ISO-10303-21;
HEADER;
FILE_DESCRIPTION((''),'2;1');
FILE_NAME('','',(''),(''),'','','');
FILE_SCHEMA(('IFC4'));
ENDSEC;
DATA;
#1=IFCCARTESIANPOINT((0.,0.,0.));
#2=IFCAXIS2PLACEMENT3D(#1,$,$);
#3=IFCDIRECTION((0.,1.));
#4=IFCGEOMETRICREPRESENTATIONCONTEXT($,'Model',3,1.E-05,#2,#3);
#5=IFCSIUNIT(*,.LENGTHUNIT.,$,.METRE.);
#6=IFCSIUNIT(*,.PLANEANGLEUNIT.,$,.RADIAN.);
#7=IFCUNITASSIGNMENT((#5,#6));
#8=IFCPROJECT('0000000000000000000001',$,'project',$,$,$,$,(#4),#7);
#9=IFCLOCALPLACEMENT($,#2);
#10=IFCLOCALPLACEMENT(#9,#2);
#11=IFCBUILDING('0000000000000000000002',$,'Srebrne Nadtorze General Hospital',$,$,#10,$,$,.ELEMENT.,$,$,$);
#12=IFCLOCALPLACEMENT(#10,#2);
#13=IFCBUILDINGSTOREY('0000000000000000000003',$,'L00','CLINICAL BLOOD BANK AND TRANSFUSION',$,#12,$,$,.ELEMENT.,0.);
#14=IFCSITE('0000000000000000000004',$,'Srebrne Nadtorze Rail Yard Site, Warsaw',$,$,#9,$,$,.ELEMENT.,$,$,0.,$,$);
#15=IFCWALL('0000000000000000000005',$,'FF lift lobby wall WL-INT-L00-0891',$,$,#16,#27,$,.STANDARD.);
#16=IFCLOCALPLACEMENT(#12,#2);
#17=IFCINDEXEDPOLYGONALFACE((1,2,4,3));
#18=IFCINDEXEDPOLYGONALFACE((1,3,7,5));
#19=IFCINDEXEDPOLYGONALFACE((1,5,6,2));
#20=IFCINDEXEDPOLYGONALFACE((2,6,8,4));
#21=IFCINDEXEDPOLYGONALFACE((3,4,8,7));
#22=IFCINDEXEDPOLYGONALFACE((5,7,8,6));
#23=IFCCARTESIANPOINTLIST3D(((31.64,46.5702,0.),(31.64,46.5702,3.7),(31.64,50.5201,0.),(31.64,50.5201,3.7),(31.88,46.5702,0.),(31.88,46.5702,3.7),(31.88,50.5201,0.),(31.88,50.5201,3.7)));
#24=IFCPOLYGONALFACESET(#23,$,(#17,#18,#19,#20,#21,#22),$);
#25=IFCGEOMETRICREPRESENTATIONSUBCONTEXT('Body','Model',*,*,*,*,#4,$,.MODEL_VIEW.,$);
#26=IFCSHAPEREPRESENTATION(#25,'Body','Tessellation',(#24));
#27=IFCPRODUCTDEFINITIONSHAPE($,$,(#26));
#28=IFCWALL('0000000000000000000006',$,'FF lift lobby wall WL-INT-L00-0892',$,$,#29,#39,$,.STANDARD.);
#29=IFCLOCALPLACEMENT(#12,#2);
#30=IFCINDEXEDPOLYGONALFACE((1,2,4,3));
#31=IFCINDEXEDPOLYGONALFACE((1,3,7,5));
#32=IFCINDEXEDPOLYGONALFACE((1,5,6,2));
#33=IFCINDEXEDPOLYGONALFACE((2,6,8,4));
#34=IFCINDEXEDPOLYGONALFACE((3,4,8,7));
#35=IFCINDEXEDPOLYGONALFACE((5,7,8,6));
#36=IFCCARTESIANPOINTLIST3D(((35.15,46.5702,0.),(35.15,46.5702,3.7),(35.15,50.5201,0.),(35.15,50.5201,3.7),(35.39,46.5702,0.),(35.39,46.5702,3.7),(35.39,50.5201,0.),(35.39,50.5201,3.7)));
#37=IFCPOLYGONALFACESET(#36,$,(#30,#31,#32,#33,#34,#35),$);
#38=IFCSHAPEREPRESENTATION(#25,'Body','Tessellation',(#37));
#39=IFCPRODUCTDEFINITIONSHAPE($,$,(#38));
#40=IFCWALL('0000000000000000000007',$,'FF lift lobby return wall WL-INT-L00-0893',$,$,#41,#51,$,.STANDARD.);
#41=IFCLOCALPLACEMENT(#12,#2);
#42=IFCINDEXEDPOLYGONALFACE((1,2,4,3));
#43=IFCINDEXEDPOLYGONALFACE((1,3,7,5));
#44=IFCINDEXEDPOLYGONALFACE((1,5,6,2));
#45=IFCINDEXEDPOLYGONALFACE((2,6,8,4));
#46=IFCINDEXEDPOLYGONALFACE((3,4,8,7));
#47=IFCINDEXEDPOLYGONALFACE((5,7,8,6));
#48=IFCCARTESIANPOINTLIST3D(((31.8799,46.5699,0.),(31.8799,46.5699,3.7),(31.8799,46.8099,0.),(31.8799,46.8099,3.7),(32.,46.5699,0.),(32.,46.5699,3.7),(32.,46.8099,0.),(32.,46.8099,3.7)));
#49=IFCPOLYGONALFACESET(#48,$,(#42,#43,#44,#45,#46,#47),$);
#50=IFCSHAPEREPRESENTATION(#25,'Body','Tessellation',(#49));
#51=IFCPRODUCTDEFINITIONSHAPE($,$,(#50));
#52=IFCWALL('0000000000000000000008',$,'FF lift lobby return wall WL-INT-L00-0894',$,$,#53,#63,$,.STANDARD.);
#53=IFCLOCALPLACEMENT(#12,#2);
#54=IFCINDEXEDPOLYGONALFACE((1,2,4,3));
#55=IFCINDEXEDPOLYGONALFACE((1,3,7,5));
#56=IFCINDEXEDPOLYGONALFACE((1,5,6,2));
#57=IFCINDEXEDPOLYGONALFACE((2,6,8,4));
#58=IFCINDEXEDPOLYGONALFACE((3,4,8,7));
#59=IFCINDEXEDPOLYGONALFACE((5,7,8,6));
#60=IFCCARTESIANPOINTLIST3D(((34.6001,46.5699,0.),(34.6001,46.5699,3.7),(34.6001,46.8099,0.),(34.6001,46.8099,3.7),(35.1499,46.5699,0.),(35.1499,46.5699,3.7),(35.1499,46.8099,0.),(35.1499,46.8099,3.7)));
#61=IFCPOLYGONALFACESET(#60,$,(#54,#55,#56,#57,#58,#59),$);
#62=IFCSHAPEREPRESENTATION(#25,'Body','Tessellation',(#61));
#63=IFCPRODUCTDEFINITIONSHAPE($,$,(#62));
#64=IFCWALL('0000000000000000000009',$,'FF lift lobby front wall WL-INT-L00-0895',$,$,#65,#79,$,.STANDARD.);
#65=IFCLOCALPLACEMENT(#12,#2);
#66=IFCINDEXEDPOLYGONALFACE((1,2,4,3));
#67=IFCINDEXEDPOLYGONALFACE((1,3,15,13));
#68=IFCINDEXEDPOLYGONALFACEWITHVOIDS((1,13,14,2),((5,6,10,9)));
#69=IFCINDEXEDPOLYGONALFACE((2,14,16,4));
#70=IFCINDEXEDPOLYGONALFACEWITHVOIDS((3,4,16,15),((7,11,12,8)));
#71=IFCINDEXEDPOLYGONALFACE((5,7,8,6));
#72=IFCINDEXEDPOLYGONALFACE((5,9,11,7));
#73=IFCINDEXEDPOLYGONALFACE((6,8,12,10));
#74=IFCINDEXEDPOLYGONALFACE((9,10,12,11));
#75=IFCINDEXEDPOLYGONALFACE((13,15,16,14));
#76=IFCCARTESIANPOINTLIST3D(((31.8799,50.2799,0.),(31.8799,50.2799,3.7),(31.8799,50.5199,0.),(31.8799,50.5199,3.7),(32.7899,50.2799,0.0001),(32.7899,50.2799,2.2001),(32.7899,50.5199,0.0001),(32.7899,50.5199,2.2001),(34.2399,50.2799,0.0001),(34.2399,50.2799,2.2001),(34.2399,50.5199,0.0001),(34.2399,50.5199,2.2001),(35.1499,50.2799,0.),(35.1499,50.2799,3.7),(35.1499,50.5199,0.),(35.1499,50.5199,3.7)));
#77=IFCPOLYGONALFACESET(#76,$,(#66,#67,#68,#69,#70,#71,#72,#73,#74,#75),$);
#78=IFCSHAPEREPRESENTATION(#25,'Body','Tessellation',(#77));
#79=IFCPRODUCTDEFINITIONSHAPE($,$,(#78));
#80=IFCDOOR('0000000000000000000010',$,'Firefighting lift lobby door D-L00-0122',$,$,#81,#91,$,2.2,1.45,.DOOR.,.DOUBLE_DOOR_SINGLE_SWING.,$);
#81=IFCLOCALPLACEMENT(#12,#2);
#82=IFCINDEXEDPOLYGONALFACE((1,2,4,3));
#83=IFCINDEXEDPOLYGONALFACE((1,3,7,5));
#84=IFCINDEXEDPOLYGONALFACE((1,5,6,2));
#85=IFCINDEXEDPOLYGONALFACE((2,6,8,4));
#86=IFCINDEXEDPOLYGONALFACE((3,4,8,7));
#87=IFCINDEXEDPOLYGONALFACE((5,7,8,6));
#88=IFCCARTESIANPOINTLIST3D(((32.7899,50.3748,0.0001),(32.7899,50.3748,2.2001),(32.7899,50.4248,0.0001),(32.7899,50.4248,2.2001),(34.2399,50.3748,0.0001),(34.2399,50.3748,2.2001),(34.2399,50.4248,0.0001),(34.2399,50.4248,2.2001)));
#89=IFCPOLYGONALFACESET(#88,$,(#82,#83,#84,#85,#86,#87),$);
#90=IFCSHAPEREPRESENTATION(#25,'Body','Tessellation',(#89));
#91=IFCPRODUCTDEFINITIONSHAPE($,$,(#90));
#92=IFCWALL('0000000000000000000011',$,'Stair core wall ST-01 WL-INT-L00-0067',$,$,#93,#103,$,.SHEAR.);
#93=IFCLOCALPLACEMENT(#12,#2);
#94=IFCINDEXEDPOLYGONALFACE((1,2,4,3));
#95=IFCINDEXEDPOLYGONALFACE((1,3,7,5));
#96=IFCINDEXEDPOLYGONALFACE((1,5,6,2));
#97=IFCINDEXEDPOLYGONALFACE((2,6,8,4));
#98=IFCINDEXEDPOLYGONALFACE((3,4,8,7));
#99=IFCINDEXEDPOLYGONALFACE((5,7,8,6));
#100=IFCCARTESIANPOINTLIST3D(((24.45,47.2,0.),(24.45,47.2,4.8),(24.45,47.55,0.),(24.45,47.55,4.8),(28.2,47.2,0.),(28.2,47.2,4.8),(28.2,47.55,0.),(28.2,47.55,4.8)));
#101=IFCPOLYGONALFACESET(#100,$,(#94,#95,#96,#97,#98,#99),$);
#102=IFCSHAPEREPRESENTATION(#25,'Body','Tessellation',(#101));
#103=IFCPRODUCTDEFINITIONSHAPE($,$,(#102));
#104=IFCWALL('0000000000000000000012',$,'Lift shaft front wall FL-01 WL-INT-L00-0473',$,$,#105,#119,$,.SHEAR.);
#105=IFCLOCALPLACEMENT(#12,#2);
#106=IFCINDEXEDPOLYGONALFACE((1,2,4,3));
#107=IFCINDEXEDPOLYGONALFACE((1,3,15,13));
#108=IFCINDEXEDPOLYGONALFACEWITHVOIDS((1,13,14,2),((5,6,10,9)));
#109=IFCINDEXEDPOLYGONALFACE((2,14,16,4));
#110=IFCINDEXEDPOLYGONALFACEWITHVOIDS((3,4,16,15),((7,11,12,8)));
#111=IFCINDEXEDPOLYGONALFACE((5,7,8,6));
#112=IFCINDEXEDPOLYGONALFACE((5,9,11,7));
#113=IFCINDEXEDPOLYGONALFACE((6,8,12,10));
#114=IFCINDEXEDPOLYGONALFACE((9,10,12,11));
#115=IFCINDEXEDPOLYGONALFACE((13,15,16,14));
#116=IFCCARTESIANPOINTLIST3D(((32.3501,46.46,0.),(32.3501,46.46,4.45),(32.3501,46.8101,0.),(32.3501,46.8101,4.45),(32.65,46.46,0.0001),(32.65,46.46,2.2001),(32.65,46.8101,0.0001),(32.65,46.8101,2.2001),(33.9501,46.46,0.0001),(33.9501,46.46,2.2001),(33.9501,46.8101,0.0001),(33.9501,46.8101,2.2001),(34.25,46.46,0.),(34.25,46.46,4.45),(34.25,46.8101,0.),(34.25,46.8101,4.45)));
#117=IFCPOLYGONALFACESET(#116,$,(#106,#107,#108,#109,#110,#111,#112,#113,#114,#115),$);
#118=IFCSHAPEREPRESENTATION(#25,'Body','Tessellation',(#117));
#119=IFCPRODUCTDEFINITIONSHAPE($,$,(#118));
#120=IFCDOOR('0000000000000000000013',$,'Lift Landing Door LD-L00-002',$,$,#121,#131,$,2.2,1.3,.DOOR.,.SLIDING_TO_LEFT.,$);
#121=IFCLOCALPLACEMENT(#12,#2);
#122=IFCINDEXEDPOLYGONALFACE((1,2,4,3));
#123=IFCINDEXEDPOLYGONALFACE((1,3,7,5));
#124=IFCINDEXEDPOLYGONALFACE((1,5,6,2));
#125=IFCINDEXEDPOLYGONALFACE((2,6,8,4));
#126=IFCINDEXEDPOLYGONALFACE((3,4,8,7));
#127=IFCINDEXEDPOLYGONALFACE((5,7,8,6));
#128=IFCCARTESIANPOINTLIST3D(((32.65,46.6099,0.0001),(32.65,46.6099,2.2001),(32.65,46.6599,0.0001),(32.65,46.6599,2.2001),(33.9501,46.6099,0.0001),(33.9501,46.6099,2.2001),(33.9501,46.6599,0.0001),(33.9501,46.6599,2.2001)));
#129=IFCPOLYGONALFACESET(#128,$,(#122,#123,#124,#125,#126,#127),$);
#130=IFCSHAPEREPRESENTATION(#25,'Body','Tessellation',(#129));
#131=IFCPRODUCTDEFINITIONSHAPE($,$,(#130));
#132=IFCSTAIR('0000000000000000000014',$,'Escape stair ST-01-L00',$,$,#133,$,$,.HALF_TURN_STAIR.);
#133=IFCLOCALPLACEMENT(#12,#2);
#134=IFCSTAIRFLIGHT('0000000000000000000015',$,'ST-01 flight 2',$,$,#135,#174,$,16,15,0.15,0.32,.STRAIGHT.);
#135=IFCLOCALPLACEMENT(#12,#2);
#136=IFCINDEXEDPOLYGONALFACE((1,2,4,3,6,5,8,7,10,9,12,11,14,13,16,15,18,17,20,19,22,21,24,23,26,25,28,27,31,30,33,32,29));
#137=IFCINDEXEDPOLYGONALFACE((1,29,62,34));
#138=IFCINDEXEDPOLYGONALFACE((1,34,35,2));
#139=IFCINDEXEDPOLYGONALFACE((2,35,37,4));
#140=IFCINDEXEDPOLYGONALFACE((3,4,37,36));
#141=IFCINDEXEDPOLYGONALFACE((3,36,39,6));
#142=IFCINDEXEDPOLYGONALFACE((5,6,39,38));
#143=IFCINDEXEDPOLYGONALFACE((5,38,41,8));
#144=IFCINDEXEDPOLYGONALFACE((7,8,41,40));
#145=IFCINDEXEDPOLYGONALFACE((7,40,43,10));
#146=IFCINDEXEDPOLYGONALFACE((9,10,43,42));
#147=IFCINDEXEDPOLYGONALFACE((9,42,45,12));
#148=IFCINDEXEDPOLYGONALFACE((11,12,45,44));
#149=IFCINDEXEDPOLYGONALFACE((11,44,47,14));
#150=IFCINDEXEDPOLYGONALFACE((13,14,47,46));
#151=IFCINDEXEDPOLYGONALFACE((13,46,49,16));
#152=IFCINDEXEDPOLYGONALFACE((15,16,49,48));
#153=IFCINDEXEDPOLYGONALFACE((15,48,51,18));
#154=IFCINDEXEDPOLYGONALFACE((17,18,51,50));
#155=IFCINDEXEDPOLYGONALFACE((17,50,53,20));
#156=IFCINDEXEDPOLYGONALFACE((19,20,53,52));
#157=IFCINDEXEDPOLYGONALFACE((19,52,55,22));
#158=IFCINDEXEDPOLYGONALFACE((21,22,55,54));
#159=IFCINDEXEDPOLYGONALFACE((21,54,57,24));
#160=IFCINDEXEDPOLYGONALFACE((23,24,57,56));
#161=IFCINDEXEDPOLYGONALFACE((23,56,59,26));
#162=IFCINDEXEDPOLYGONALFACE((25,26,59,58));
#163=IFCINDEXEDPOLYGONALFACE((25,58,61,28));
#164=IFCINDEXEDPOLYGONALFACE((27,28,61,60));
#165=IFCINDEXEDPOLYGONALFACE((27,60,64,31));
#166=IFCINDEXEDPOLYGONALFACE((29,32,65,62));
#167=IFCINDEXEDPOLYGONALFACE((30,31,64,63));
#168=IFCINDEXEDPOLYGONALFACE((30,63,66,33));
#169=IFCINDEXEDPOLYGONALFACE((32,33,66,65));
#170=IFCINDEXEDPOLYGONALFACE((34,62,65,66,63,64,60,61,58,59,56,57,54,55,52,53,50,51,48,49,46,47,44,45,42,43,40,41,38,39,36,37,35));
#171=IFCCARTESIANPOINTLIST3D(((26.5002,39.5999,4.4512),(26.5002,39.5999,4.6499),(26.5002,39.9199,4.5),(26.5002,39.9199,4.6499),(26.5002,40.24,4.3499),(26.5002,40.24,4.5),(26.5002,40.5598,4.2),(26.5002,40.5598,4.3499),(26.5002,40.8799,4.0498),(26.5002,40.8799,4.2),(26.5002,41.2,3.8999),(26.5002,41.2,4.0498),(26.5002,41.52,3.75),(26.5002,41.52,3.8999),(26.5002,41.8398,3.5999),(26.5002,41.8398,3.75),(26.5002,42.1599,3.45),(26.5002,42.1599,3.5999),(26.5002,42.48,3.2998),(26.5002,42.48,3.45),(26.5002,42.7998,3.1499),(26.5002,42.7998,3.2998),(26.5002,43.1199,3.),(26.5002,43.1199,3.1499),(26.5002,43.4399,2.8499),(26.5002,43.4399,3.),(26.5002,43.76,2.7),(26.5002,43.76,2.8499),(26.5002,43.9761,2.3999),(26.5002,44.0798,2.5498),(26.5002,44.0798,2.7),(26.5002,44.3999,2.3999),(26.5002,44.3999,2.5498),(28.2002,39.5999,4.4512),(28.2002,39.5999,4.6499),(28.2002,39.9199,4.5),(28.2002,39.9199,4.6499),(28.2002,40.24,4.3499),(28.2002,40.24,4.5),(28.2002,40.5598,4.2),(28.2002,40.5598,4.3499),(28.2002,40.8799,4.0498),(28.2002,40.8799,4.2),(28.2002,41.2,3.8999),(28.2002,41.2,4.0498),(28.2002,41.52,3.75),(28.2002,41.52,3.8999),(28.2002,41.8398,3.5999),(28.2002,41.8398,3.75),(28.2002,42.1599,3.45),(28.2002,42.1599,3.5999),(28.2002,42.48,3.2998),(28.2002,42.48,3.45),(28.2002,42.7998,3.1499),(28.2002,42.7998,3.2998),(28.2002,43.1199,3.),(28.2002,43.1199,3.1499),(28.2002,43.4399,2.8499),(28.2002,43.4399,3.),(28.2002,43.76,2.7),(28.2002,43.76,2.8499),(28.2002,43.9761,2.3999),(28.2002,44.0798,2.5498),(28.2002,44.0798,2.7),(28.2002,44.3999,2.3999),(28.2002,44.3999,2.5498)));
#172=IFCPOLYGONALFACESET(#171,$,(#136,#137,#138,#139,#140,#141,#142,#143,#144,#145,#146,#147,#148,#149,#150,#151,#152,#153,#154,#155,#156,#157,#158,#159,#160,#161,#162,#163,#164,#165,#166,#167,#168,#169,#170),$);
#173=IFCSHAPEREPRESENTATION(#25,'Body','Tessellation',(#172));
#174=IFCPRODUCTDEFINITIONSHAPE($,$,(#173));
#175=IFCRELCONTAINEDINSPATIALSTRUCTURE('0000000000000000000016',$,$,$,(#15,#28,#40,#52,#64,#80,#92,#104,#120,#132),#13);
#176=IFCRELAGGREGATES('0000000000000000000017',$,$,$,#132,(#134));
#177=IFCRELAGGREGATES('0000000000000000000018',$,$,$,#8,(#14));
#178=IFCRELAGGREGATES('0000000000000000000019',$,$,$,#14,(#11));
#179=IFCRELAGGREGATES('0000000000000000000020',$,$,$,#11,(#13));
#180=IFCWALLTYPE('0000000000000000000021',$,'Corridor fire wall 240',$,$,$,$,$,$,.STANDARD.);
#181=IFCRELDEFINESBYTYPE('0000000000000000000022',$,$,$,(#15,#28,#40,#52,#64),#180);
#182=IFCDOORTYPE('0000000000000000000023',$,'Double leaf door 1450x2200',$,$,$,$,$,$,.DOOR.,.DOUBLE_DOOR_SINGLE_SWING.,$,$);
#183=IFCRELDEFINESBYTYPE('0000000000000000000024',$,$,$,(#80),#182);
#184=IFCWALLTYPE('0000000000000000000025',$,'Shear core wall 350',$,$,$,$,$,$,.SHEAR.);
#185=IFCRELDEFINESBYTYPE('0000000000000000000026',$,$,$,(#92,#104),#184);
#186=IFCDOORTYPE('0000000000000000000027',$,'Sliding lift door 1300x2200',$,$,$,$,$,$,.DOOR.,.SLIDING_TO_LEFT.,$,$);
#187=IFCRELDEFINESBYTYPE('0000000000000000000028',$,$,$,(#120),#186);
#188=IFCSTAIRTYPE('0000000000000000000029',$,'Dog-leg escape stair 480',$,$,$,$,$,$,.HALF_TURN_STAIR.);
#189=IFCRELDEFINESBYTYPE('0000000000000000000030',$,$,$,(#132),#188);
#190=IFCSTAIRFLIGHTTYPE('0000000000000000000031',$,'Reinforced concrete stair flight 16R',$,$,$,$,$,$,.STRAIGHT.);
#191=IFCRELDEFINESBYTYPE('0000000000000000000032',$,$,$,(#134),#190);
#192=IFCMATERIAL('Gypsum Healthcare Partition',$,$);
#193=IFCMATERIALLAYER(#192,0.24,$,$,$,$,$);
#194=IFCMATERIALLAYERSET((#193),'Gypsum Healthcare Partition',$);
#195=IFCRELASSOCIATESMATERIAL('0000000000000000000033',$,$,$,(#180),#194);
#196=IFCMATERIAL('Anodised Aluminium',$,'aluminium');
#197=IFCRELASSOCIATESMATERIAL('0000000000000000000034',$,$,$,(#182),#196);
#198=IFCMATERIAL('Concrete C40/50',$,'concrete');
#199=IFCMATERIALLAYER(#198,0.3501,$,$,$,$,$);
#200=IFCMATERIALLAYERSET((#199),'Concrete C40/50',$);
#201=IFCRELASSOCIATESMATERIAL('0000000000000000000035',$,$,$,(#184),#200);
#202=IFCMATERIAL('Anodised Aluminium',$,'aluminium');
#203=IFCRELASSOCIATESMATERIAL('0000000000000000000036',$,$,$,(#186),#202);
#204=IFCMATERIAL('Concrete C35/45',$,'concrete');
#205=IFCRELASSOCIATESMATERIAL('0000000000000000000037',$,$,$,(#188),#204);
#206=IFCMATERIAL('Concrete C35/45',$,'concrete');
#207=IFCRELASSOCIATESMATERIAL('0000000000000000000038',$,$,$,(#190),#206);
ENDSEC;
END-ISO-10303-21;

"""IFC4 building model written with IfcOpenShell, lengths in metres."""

from ifc_helpers import new_model, si_unit, direction, frame, frame_2d, origin, place, context, subcontext, project, spatial, polyline, rectangle, outline, extrude, material, layer, layer_set, type_object, element, fill, aggregate, save


model = new_model("IFC4")

# Units and contexts
model_context = context("Model", 3, precision=1e-05, world=origin(), true_north=direction((0.0, 1.0)))
body_context = subcontext(model_context, "Body", "Model", "MODEL_VIEW")
ifc_project = project(units=[si_unit("LENGTHUNIT", "METRE"), si_unit("PLANEANGLEUNIT", "RADIAN")], contexts=[model_context])

# Site, building, storey
site_placement = place(None, origin())
site = spatial("IfcSite", under=ifc_project, at=site_placement, Name="Srebrne Nadtorze Rail Yard Site, Warsaw", CompositionType="ELEMENT", RefElevation=0.0)
building_placement = place(site_placement, origin())
building = spatial("IfcBuilding", under=site, at=building_placement, Name="Srebrne Nadtorze General Hospital", CompositionType="ELEMENT")
storey_placement = place(building_placement, origin())
storey = spatial("IfcBuildingStorey", under=building, at=storey_placement, Name="L00", Description="CLINICAL BLOOD BANK AND TRANSFUSION", CompositionType="ELEMENT", Elevation=0.0)

# Walls
ifc_material_1 = material(Name="Gypsum Healthcare Partition")
ifc_layer_1 = layer(ifc_material_1, 0.24)
ifc_layer_set_1 = layer_set([ifc_layer_1], Name="Gypsum Healthcare Partition")
wall_type_1 = type_object("IfcWallType", Name="Corridor fire wall 240", PredefinedType="STANDARD", material=ifc_layer_set_1)
for number, where, z_axis, x_axis, name in (
    (1, (31.76, 46.5701, 0.0), (0.0, 0.0, 1.0), (0.0, 1.0, 0.0), "FF lift lobby wall WL-INT-L00-0891"),
    (2, (35.27, 46.5701, 0.0), (0.0, 0.0, 1.0), (0.0, 1.0, 0.0), "FF lift lobby wall WL-INT-L00-0892"),
):
    element("IfcWall", number, at=place(storey_placement, frame(where, z_axis=z_axis, x_axis=x_axis)), inside=storey, type_object=wall_type_1, Name=name, PredefinedType="STANDARD", context=body_context, shape_type="SweptSolid", body=[
        extrude(rectangle(XDim=3.95, YDim=0.24, at=frame_2d((1.9751, 0.0))), origin(), (0.0, 0.0, 1.0), 3.7),
    ])
wall_1_placement = place(storey_placement, frame((31.8799, 46.6899, 0.0), z_axis=(0.0, 0.0, 1.0), x_axis=(1.0, 0.0, 0.0)))
element("IfcWall", 3, at=wall_1_placement, inside=storey, type_object=wall_type_1, Name="FF lift lobby return wall WL-INT-L00-0893", PredefinedType="STANDARD", context=body_context, shape_type="SweptSolid", body=[
    extrude(rectangle(XDim=0.1201, YDim=0.24, at=frame_2d((0.0601, 0.0))), origin(), (0.0, 0.0, 1.0), 3.7),
])
wall_2_placement = place(storey_placement, frame((34.6001, 46.6899, 0.0), z_axis=(0.0, 0.0, 1.0), x_axis=(1.0, 0.0, 0.0)))
element("IfcWall", 4, at=wall_2_placement, inside=storey, type_object=wall_type_1, Name="FF lift lobby return wall WL-INT-L00-0894", PredefinedType="STANDARD", context=body_context, shape_type="SweptSolid", body=[
    extrude(rectangle(XDim=0.5498, YDim=0.24, at=frame_2d((0.2749, 0.0))), origin(), (0.0, 0.0, 1.0), 3.7),
])

# Wall, opening, door
wall_3_placement = place(storey_placement, frame((31.8799, 50.3999, 0.0), z_axis=(0.0, 0.0, 1.0), x_axis=(1.0, 0.0, 0.0)))
wall_3 = element("IfcWall", 5, at=wall_3_placement, inside=storey, type_object=wall_type_1, Name="FF lift lobby front wall WL-INT-L00-0895", PredefinedType="STANDARD", context=body_context, shape_type="SweptSolid", body=[
    extrude(rectangle(XDim=3.27, YDim=0.24, at=frame_2d((1.635, 0.0))), origin(), (0.0, 0.0, 1.0), 3.7),
])
opening_1_placement = place(wall_3_placement, frame((0.9099, 0.0, 0.0)))
opening_1 = element("IfcOpeningElement", 6, at=opening_1_placement, cuts=wall_3, PredefinedType="OPENING", context=body_context, shape_type="SweptSolid", body=[
    extrude(rectangle(XDim=1.45, YDim=2.2, at=frame_2d((0.7251, 1.1001))), frame((0.0, 0.1318, 0.0), z_axis=(0.0, -1.0, 0.0), x_axis=(1.0, 0.0, 0.0)), (0.0, 0.0, 1.0), 0.2639),
])
ifc_material_2 = material(Name="Anodised Aluminium", Category="aluminium")
door_type_1 = type_object("IfcDoorType", Name="Double leaf door 1450x2200", OperationType="DOUBLE_DOOR_SINGLE_SWING", PredefinedType="DOOR", material=ifc_material_2)
door_1_placement = place(opening_1_placement, origin())
door_1 = element("IfcDoor", 7, at=door_1_placement, inside=storey, type_object=door_type_1, Name="Firefighting lift lobby door D-L00-0122", OperationType="DOUBLE_DOOR_SINGLE_SWING", OverallHeight=2.2, OverallWidth=1.45, PredefinedType="DOOR", context=body_context, shape_type="SweptSolid", body=[
    extrude(rectangle(XDim=1.45, YDim=2.2, at=frame_2d((0.7251, 1.1001))), frame((0.0, 0.0249, 0.0), z_axis=(0.0, -1.0, 0.0), x_axis=(1.0, 0.0, 0.0)), (0.0, 0.0, 1.0), 0.05),
])
fill(opening_1, door_1)

# Wall
ifc_material_3 = material(Name="Concrete C40/50", Category="concrete")
ifc_layer_2 = layer(ifc_material_3, 0.3501)
ifc_layer_set_2 = layer_set([ifc_layer_2], Name="Concrete C40/50")
wall_type_2 = type_object("IfcWallType", Name="Shear core wall 350", PredefinedType="SHEAR", material=ifc_layer_set_2)
wall_4_placement = place(storey_placement, frame((24.45, 47.375, 0.0), z_axis=(0.0, 0.0, 1.0), x_axis=(1.0, 0.0, 0.0)))
element("IfcWall", 8, at=wall_4_placement, inside=storey, type_object=wall_type_2, Name="Stair core wall ST-01 WL-INT-L00-0067", PredefinedType="SHEAR", context=body_context, shape_type="SweptSolid", body=[
    extrude(rectangle(XDim=3.75, YDim=0.3501, at=frame_2d((1.875, 0.0))), origin(), (0.0, 0.0, 1.0), 4.8),
])

# Wall, opening, door
wall_5_placement = place(storey_placement, frame((32.3501, 46.635, 0.0), z_axis=(0.0, 0.0, 1.0), x_axis=(1.0, 0.0, 0.0)))
wall_5 = element("IfcWall", 9, at=wall_5_placement, inside=storey, type_object=wall_type_2, Name="Lift shaft front wall FL-01 WL-INT-L00-0473", PredefinedType="SHEAR", context=body_context, shape_type="SweptSolid", body=[
    extrude(rectangle(XDim=1.8999, YDim=0.3501, at=frame_2d((0.95, 0.0))), origin(), (0.0, 0.0, 1.0), 4.45),
])
opening_2_placement = place(wall_5_placement, frame((0.3, 0.0, 0.0)))
opening_2 = element("IfcOpeningElement", 10, at=opening_2_placement, cuts=wall_5, PredefinedType="OPENING", context=body_context, shape_type="SweptSolid", body=[
    extrude(rectangle(XDim=1.3, YDim=2.2, at=frame_2d((0.6499, 1.1001))), frame((0.0, 0.187, 0.0), z_axis=(0.0, -1.0, 0.0), x_axis=(1.0, 0.0, 0.0)), (0.0, 0.0, 1.0), 0.374),
])
ifc_material_4 = material(Name="Anodised Aluminium", Category="aluminium")
door_type_2 = type_object("IfcDoorType", Name="Sliding lift door 1300x2200", OperationType="SLIDING_TO_LEFT", PredefinedType="DOOR", material=ifc_material_4)
door_2_placement = place(opening_2_placement, origin())
door_2 = element("IfcDoor", 11, at=door_2_placement, inside=storey, type_object=door_type_2, Name="Lift Landing Door LD-L00-002", OperationType="SLIDING_TO_LEFT", OverallHeight=2.2, OverallWidth=1.3, PredefinedType="DOOR", context=body_context, shape_type="SweptSolid", body=[
    extrude(rectangle(XDim=1.3, YDim=2.2, at=frame_2d((0.6499, 1.1001))), frame((0.0, 0.0249, 0.0), z_axis=(0.0, -1.0, 0.0), x_axis=(1.0, 0.0, 0.0)), (0.0, 0.0, 1.0), 0.05),
])
fill(opening_2, door_2)

# Stair, stair flight
ifc_material_5 = material(Name="Concrete C35/45", Category="concrete")
stair_type = type_object("IfcStairType", Name="Dog-leg escape stair 480", PredefinedType="HALF_TURN_STAIR", material=ifc_material_5)
stair_placement = place(storey_placement, origin())
stair = element("IfcStair", 12, at=stair_placement, inside=storey, type_object=stair_type, Name="Escape stair ST-01-L00", PredefinedType="HALF_TURN_STAIR")
ifc_material_6 = material(Name="Concrete C35/45", Category="concrete")
stair_flight_type = type_object("IfcStairFlightType", Name="Reinforced concrete stair flight 16R", PredefinedType="STRAIGHT", material=ifc_material_6)
stair_flight_placement = place(storey_placement, frame((27.3501, 44.3999, 2.3999), z_axis=(0.0, 0.0, 1.0), x_axis=(0.0, -1.0, 0.0)))
stair_flight = element("IfcStairFlight", 13, at=stair_flight_placement, type_object=stair_flight_type, Name="ST-01 flight 2", NumberOfRisers=16, NumberOfTreads=15, PredefinedType="STRAIGHT", RiserHeight=0.15, TreadLength=0.32, context=body_context, shape_type="SweptSolid", body=[
    extrude(outline(polyline([(0.0, 0.0), (0.0, 0.1499), (0.3201, 0.1499), (0.3201, 0.3), (0.6399, 0.3), (0.6399, 0.45), (0.96, 0.45), (0.96, 0.6001), (1.28, 0.6001), (1.28, 0.75), (1.6001, 0.75), (1.6001, 0.8999), (1.9199, 0.8999), (1.9199, 1.05), (2.24, 1.05), (2.24, 1.2), (2.5601, 1.2), (2.5601, 1.3501), (2.8799, 1.3501), (2.8799, 1.5), (3.2, 1.5), (3.2, 1.6499), (3.52, 1.6499), (3.52, 1.8), (3.8401, 1.8), (3.8401, 1.95), (4.1599, 1.95), (4.1599, 2.1001), (4.48, 2.1001), (4.48, 2.25), (4.8, 2.25), (4.8, 2.3999), (4.8, 2.0513), (0.4238, 0.0), (0.0, 0.0)])), frame((0.0, 0.8501, 0.0), z_axis=(0.0, -1.0, 0.0), x_axis=(1.0, 0.0, 0.0)), (0.0, 0.0, 1.0), 1.7),
])
aggregate(stair, [stair_flight])

save(model, "model.ifc")
